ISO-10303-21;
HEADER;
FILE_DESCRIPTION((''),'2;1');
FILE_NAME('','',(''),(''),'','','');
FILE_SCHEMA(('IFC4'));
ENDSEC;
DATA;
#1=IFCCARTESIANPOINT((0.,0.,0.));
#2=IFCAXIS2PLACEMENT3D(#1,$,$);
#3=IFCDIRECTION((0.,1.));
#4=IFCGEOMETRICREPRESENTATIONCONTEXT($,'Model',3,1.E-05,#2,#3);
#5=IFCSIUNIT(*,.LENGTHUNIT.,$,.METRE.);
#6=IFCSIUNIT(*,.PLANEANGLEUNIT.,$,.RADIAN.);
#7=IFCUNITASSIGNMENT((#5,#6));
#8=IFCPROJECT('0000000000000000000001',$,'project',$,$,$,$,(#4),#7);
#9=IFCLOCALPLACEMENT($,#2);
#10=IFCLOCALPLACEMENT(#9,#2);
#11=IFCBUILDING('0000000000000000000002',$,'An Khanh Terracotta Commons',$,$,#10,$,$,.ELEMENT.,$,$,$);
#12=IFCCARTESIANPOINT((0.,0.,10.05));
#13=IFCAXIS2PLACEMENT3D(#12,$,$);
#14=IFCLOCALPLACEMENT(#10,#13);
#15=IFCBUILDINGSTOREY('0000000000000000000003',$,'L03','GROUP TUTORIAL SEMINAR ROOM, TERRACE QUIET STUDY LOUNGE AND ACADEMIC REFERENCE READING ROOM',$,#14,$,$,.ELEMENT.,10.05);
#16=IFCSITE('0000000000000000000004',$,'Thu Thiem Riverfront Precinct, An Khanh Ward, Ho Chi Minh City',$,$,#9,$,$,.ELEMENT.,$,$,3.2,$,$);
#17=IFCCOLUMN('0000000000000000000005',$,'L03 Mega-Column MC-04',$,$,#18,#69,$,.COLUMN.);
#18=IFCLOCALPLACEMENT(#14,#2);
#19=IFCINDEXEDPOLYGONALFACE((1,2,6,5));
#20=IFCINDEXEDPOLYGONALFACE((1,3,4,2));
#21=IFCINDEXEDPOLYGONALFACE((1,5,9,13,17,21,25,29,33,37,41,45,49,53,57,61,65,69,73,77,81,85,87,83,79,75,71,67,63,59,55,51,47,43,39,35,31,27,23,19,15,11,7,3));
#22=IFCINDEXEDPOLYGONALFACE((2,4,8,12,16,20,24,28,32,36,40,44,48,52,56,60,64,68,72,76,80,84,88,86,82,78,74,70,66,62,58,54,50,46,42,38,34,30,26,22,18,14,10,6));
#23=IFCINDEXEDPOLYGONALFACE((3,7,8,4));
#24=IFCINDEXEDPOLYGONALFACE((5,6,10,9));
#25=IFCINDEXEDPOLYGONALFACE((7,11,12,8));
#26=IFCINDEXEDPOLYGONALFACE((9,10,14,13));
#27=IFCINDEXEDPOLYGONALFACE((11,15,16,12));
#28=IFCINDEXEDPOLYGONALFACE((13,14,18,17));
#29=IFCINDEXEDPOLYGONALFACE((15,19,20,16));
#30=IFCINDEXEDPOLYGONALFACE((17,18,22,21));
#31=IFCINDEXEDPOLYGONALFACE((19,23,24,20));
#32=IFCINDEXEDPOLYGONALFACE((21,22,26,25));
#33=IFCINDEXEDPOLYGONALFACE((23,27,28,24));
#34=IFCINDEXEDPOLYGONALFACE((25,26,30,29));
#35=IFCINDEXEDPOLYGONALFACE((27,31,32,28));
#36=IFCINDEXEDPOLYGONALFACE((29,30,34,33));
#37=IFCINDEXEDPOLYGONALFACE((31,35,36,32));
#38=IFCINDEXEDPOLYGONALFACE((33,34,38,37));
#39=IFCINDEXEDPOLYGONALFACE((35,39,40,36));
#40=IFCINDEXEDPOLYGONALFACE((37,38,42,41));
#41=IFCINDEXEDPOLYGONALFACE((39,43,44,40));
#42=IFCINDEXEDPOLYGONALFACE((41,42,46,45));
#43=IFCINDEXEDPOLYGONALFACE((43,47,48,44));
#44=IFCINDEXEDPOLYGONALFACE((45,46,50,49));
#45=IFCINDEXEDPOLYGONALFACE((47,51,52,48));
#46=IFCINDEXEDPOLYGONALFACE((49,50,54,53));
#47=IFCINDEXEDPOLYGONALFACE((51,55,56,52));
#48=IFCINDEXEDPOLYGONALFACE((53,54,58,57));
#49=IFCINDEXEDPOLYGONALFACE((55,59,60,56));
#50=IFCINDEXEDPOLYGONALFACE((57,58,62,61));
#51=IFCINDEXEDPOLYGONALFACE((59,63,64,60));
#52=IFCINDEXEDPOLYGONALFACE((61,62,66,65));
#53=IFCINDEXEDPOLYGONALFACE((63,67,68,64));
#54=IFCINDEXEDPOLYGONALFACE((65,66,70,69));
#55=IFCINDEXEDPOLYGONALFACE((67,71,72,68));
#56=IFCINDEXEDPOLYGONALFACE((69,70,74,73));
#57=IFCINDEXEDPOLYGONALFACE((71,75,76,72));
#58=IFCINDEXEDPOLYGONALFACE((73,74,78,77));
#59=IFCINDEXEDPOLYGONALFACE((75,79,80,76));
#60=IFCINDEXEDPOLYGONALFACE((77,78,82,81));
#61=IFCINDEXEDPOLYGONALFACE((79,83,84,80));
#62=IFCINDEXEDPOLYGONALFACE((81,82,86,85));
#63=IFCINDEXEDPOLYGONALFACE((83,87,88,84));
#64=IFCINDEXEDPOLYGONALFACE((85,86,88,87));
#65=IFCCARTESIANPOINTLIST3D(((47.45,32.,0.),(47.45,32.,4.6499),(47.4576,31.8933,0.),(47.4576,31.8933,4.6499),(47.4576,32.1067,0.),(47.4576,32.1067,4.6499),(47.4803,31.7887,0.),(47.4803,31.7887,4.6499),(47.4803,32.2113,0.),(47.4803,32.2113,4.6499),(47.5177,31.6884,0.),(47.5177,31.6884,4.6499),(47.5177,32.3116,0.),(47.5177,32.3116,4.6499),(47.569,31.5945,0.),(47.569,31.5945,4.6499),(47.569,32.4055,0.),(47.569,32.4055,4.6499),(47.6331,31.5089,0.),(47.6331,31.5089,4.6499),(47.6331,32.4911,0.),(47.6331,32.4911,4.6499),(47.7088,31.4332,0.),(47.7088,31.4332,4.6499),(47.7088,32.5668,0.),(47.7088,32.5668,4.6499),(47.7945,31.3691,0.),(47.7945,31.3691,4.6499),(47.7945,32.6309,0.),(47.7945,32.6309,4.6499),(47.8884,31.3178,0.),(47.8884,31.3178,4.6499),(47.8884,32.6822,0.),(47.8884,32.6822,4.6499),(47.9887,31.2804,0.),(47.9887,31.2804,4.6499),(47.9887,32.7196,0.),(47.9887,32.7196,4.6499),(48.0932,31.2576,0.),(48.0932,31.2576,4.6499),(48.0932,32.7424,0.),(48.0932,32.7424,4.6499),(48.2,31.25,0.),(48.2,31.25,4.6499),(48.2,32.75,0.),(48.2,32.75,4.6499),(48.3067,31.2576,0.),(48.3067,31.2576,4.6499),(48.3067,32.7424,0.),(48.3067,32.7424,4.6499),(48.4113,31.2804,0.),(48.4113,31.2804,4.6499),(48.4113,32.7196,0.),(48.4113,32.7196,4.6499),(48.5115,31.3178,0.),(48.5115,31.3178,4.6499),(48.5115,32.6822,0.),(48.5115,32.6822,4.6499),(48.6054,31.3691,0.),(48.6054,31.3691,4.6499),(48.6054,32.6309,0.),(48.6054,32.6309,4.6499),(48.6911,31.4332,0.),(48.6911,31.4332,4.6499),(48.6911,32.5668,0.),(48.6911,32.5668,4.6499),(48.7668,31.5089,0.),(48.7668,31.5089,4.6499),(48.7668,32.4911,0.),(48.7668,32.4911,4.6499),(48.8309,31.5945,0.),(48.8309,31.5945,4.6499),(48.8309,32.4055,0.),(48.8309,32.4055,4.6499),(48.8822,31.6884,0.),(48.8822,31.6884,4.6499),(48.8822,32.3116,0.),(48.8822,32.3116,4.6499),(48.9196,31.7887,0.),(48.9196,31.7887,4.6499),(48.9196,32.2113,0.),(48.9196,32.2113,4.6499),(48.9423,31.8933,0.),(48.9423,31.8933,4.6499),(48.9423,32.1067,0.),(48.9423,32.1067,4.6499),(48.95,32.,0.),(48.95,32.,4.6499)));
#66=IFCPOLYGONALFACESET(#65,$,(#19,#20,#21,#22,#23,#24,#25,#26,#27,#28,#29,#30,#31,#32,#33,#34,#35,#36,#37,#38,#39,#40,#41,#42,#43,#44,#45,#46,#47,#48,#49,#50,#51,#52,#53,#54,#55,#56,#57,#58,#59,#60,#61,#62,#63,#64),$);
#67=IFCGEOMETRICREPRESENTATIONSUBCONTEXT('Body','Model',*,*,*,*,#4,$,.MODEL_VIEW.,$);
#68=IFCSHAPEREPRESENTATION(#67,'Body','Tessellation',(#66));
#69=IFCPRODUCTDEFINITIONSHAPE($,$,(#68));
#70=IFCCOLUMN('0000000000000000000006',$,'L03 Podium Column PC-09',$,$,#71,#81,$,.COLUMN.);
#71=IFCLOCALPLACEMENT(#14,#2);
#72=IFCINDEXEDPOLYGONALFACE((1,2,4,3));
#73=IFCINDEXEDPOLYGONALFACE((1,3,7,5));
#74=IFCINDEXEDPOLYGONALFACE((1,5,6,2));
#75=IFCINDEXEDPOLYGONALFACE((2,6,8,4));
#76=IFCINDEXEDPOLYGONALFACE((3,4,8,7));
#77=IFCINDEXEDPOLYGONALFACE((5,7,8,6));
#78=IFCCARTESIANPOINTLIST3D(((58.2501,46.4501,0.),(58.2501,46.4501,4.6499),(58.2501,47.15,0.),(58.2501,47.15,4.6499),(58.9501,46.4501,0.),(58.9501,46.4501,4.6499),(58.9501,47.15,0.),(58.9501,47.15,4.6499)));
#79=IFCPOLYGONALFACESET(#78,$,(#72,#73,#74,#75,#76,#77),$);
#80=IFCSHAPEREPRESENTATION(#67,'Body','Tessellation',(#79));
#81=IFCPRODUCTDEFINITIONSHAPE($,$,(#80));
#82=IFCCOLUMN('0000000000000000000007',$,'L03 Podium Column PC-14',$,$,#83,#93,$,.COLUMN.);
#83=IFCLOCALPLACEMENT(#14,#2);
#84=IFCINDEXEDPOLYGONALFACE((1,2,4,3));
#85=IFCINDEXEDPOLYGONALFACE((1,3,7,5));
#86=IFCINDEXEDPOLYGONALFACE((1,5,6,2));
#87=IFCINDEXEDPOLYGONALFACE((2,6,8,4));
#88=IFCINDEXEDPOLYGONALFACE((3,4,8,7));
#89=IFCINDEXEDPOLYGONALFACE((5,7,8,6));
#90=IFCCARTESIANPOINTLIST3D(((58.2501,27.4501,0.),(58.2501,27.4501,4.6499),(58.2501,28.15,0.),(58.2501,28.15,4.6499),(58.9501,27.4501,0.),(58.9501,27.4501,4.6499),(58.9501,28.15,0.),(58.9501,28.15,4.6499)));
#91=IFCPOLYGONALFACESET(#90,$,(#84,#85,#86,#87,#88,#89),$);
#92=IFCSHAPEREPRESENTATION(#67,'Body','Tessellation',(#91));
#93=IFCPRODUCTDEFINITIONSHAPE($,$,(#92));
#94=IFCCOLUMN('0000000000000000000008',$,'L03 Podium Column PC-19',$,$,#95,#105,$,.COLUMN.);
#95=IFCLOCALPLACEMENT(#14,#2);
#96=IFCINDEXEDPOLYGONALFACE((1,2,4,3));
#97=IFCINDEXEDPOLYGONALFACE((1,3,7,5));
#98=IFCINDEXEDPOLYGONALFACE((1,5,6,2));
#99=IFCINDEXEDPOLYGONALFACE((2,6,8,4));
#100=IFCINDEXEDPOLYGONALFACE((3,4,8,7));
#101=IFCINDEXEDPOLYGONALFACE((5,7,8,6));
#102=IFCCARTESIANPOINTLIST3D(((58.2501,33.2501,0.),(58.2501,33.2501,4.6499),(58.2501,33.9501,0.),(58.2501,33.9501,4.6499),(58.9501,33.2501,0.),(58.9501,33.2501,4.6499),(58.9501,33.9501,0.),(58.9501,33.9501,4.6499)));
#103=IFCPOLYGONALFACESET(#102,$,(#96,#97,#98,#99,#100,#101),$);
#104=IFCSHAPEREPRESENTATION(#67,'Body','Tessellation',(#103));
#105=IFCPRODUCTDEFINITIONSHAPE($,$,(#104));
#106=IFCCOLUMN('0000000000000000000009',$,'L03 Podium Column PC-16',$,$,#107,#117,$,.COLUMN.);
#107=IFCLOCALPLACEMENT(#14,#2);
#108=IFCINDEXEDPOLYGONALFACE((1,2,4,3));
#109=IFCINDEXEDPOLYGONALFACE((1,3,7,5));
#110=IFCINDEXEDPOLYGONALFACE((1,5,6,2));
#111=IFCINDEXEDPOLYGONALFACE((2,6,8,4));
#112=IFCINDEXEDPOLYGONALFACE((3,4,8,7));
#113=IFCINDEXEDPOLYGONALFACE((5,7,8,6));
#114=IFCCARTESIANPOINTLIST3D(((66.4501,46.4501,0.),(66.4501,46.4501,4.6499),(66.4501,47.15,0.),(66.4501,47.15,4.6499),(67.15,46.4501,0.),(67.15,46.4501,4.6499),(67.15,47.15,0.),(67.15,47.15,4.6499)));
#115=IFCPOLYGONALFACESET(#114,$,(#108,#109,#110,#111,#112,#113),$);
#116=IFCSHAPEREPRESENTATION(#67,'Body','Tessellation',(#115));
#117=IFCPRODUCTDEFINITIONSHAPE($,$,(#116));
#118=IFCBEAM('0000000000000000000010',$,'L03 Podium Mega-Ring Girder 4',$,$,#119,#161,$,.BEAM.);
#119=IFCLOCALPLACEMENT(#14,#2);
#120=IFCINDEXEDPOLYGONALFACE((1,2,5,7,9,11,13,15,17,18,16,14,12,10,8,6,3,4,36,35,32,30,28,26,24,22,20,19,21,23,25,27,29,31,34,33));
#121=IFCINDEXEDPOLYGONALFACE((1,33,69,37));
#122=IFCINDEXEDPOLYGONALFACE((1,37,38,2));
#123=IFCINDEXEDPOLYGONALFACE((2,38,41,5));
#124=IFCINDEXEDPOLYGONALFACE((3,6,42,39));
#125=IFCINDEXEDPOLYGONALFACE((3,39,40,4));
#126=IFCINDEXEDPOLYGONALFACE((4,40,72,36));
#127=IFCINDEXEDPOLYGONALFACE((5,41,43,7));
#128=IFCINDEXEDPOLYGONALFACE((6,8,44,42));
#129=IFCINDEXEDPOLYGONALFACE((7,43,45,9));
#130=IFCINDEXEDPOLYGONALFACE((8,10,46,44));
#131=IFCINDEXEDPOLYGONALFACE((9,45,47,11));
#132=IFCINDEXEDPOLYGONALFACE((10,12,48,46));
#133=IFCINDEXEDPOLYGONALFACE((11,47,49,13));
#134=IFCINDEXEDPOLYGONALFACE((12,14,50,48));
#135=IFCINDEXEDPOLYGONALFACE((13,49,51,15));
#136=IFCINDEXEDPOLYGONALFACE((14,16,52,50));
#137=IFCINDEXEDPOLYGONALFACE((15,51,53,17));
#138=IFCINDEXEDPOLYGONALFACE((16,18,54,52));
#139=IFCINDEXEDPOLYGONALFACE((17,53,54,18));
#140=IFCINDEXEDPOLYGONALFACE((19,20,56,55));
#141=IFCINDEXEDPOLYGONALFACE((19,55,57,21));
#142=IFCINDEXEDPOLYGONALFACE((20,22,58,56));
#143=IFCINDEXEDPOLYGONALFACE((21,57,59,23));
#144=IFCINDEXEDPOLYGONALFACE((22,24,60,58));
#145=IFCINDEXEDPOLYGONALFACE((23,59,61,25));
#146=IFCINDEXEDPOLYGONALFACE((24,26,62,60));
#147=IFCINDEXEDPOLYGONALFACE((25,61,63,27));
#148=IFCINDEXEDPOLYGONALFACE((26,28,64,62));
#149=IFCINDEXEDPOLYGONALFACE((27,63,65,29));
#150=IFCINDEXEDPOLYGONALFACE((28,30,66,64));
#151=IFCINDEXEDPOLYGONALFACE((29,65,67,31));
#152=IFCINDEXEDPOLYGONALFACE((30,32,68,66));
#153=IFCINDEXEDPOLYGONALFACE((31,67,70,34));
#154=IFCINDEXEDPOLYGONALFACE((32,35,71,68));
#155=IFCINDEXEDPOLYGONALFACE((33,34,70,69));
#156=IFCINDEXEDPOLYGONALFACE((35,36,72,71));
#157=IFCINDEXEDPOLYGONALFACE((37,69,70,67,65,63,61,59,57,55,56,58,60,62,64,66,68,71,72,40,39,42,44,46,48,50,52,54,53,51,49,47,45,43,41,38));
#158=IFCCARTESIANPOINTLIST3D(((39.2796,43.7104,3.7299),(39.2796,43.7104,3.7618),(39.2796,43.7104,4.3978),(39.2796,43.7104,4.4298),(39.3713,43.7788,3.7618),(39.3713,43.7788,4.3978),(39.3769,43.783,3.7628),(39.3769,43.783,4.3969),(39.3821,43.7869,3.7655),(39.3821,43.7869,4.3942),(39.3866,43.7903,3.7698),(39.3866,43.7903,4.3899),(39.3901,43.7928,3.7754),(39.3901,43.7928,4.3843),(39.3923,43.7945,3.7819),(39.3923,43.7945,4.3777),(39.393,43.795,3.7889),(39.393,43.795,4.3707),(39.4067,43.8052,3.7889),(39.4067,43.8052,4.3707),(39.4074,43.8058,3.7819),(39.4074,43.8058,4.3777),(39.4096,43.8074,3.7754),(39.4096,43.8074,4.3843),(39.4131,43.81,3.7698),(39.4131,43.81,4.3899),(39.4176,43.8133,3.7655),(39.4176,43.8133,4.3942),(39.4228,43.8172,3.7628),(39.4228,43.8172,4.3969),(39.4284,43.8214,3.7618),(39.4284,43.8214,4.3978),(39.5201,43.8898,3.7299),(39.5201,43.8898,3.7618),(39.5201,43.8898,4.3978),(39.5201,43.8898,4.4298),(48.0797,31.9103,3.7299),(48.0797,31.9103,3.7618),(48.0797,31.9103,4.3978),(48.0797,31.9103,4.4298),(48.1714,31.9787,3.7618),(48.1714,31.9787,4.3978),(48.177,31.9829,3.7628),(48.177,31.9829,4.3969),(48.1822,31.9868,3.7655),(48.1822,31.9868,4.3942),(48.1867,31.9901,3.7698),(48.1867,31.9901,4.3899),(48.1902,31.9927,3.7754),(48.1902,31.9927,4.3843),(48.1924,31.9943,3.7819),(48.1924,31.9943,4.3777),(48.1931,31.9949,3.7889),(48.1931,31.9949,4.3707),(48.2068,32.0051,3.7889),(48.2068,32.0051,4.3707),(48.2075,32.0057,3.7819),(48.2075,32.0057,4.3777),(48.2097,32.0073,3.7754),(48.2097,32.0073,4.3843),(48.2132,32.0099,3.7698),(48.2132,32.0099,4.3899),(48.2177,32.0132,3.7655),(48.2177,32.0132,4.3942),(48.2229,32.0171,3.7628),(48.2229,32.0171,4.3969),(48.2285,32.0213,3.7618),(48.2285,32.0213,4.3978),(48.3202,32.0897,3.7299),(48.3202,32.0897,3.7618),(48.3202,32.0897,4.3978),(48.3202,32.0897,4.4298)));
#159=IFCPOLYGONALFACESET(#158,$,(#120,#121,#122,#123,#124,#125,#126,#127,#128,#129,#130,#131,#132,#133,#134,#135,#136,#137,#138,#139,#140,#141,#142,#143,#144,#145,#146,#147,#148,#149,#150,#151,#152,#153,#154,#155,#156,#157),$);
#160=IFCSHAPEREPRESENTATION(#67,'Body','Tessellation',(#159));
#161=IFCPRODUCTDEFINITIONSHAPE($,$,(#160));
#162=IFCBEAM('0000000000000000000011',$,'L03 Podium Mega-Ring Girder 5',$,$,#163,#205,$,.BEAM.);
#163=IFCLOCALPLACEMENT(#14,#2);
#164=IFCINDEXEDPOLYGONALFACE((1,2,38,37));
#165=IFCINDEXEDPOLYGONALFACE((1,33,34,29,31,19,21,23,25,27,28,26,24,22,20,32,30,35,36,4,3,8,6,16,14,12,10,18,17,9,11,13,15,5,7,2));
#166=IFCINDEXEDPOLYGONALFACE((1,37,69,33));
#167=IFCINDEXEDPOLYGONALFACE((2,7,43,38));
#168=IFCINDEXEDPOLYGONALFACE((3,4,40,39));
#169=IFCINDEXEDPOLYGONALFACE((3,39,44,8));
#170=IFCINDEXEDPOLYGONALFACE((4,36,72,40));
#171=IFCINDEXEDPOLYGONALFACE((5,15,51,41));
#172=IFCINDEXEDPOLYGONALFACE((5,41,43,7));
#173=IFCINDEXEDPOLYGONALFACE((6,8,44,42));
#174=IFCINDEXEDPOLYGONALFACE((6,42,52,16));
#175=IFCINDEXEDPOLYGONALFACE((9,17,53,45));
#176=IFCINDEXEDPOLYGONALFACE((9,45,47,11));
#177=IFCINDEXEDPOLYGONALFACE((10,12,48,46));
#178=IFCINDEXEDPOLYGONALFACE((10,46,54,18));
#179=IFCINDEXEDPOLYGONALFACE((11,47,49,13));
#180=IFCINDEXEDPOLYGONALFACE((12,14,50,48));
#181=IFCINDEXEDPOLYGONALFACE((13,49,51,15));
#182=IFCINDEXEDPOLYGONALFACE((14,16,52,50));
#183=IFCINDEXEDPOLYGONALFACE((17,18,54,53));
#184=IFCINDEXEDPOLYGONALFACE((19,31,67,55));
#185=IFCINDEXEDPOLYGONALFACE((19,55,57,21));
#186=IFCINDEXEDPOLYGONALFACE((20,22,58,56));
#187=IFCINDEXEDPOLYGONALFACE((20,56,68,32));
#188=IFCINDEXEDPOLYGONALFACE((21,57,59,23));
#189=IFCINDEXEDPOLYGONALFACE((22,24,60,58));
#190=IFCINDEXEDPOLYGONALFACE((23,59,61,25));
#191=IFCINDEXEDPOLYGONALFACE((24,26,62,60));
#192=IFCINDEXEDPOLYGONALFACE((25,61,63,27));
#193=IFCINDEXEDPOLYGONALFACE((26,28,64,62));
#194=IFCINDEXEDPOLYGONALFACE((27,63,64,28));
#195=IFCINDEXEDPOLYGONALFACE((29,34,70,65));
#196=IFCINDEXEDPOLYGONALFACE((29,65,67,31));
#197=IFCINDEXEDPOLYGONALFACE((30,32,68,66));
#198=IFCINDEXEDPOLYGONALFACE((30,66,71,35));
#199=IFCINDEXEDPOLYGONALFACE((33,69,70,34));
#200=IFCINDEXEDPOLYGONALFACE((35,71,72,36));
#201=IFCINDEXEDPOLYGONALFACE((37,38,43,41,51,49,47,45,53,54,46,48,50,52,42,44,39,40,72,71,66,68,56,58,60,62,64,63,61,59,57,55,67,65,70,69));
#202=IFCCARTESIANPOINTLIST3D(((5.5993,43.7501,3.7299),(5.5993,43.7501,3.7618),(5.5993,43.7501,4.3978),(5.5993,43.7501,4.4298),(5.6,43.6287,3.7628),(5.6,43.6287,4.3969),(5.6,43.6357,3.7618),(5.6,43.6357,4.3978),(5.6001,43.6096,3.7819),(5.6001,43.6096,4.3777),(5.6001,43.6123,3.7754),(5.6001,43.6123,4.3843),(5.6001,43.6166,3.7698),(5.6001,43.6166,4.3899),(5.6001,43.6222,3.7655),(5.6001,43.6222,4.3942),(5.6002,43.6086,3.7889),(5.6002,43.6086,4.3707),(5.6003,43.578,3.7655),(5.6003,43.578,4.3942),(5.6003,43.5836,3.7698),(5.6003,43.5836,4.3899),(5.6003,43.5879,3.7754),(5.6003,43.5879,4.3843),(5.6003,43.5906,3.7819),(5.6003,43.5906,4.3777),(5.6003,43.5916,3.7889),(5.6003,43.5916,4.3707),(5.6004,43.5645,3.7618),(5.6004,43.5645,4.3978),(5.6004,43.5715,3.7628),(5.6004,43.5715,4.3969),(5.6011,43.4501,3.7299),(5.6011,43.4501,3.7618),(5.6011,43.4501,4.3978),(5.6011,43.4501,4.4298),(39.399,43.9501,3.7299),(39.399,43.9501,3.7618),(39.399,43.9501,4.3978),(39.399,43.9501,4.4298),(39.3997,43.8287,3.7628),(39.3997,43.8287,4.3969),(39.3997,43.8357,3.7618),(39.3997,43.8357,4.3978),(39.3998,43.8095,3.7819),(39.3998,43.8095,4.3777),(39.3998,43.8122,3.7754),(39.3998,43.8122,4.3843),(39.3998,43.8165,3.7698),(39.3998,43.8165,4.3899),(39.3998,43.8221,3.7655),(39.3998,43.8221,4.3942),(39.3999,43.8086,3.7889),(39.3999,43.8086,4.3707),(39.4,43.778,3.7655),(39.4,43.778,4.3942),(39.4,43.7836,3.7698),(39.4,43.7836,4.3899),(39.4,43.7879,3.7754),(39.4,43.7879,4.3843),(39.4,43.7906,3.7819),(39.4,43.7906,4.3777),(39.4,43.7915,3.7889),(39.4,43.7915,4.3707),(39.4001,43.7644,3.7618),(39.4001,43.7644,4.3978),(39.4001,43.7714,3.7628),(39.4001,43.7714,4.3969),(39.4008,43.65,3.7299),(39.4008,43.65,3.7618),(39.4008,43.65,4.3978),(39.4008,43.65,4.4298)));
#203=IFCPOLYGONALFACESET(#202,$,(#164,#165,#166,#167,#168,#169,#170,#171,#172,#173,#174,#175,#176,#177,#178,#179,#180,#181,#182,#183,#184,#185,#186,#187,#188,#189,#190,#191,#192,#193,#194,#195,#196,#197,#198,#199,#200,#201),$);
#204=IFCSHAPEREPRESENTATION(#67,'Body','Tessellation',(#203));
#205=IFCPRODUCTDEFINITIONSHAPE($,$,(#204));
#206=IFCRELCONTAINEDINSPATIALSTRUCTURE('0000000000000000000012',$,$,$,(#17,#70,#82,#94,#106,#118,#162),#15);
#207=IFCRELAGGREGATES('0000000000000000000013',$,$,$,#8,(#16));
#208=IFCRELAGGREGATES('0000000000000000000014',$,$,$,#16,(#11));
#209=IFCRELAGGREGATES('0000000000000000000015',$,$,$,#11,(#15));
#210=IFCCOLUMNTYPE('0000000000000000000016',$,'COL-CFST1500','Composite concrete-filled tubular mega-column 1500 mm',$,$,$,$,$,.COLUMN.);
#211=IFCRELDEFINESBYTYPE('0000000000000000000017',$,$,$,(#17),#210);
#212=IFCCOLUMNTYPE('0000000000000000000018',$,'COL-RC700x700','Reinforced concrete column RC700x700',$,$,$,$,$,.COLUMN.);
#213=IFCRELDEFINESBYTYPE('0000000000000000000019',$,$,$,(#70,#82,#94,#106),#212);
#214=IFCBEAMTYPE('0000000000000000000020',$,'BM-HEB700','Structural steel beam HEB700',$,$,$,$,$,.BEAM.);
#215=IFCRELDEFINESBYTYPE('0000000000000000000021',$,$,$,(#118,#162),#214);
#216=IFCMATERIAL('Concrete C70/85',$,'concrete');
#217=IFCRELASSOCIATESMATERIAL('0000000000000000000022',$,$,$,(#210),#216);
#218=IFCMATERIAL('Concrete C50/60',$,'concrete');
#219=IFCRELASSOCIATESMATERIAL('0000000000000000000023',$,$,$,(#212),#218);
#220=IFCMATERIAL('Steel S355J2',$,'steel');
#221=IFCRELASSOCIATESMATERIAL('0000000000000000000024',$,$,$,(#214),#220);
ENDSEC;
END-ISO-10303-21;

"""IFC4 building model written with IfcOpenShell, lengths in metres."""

from ifc_helpers import new_model, si_unit, direction, frame, origin, origin_2d, place, context, subcontext, project, spatial, rectangle, circle, i_section, extrude, material, material_profile, profile_set, type_object, element, save


model = new_model("IFC4")

# Units and contexts
model_context = context("Model", 3, precision=1e-05, world=origin(), true_north=direction((0.0, 1.0)))
body_context = subcontext(model_context, "Body", "Model", "MODEL_VIEW")
ifc_project = project(units=[si_unit("LENGTHUNIT", "METRE"), si_unit("PLANEANGLEUNIT", "RADIAN")], contexts=[model_context])

# Site, building, storey
site_placement = place(None, origin())
site = spatial("IfcSite", under=ifc_project, at=site_placement, Name="Thu Thiem Riverfront Precinct, An Khanh Ward, Ho Chi Minh City", CompositionType="ELEMENT", RefElevation=3.2)
building_placement = place(site_placement, origin())
building = spatial("IfcBuilding", under=site, at=building_placement, Name="An Khanh Terracotta Commons", CompositionType="ELEMENT")
storey_placement = place(building_placement, frame((0.0, 0.0, 10.05)))
storey = spatial("IfcBuildingStorey", under=building, at=storey_placement, Name="L03", Description="GROUP TUTORIAL SEMINAR ROOM, TERRACE QUIET STUDY LOUNGE AND ACADEMIC REFERENCE READING ROOM", CompositionType="ELEMENT", Elevation=10.05)

# Columns
ifc_material_1 = material(Name="Concrete C70/85", Category="concrete")
ifc_material_profile_1 = material_profile(ifc_material_1, circle(Radius=0.75, at=origin_2d()), Name="CFST1500")
ifc_profile_set_1 = profile_set([ifc_material_profile_1], Name="Concrete C70/85")
column_type_1 = type_object("IfcColumnType", Name="COL-CFST1500", Description="Composite concrete-filled tubular mega-column 1500 mm", PredefinedType="COLUMN", material=ifc_profile_set_1)
column_placement = place(storey_placement, frame((48.2, 32.0, 0.0), z_axis=(0.0, 0.0, 1.0), x_axis=(1.0, 0.0, 0.0)))
element("IfcColumn", 1, at=column_placement, inside=storey, type_object=column_type_1, Name="L03 Mega-Column MC-04", PredefinedType="COLUMN", context=body_context, shape_type="SweptSolid", body=[
    extrude(circle(Radius=0.75, at=origin_2d()), origin(), (0.0, 0.0, 1.0), 4.6499),
])
ifc_material_2 = material(Name="Concrete C50/60", Category="concrete")
ifc_material_profile_2 = material_profile(ifc_material_2, rectangle(XDim=0.7, YDim=0.7, at=origin_2d()), Name="RC700x700")
ifc_profile_set_2 = profile_set([ifc_material_profile_2], Name="Concrete C50/60")
column_type_2 = type_object("IfcColumnType", Name="COL-RC700x700", Description="Reinforced concrete column RC700x700", PredefinedType="COLUMN", material=ifc_profile_set_2)
for number, where, z_axis, x_axis, name in (
    (2, (58.6001, 46.8, 0.0), (0.0, 0.0, 1.0), (1.0, 0.0, 0.0), "L03 Podium Column PC-09"),
    (3, (58.6001, 27.8, 0.0), (0.0, 0.0, 1.0), (1.0, 0.0, 0.0), "L03 Podium Column PC-14"),
    (4, (58.6001, 33.6001, 0.0), (0.0, 0.0, 1.0), (1.0, 0.0, 0.0), "L03 Podium Column PC-19"),
    (5, (66.8, 46.8, 0.0), (0.0, 0.0, 1.0), (1.0, 0.0, 0.0), "L03 Podium Column PC-16"),
):
    element("IfcColumn", number, at=place(storey_placement, frame(where, z_axis=z_axis, x_axis=x_axis)), inside=storey, type_object=column_type_2, Name=name, PredefinedType="COLUMN", context=body_context, shape_type="SweptSolid", body=[
        extrude(rectangle(XDim=0.7, YDim=0.7, at=origin_2d()), origin(), (0.0, 0.0, 1.0), 4.6499),
    ])

# Beams
ifc_material_3 = material(Name="Steel S355J2", Category="steel")
ifc_material_profile_3 = material_profile(ifc_material_3, i_section(OverallWidth=0.3, OverallDepth=0.7, WebThickness=0.0171, FlangeThickness=0.032, FilletRadius=0.0271, at=origin_2d()), Name="HEB700")
ifc_profile_set_3 = profile_set([ifc_material_profile_3], Name="Steel S355J2")
beam_type_1 = type_object("IfcBeamType", Name="BM-HEB700", Description="Structural steel beam HEB700", PredefinedType="BEAM", material=ifc_profile_set_3)
beam_1_placement = place(storey_placement, frame((48.2, 32.0, 4.0798), z_axis=(-0.597824, 0.801627, 0.0), x_axis=(-0.801627, -0.597824, 0.0)))
element("IfcBeam", 6, at=beam_1_placement, inside=storey, type_object=beam_type_1, Name="L03 Podium Mega-Ring Girder 4", PredefinedType="BEAM", context=body_context, shape_type="SweptSolid", body=[
    extrude(i_section(OverallWidth=0.3, OverallDepth=0.7, WebThickness=0.0171, FlangeThickness=0.032, FilletRadius=0.0271, at=origin_2d()), origin(), (0.0, 0.0, 1.0), 14.7202),
])
beam_2_placement = place(storey_placement, frame((39.3999, 43.8, 4.0798), z_axis=(-0.999983, -0.005916, 0.0), x_axis=(0.005916, -0.999983, 0.0)))
element("IfcBeam", 7, at=beam_2_placement, inside=storey, type_object=beam_type_1, Name="L03 Podium Mega-Ring Girder 5", PredefinedType="BEAM", context=body_context, shape_type="SweptSolid", body=[
    extrude(i_section(OverallWidth=0.3, OverallDepth=0.7, WebThickness=0.0171, FlangeThickness=0.032, FilletRadius=0.0271, at=origin_2d()), origin(), (0.0, 0.0, 1.0), 33.8003),
])

save(model, "model.ifc")
